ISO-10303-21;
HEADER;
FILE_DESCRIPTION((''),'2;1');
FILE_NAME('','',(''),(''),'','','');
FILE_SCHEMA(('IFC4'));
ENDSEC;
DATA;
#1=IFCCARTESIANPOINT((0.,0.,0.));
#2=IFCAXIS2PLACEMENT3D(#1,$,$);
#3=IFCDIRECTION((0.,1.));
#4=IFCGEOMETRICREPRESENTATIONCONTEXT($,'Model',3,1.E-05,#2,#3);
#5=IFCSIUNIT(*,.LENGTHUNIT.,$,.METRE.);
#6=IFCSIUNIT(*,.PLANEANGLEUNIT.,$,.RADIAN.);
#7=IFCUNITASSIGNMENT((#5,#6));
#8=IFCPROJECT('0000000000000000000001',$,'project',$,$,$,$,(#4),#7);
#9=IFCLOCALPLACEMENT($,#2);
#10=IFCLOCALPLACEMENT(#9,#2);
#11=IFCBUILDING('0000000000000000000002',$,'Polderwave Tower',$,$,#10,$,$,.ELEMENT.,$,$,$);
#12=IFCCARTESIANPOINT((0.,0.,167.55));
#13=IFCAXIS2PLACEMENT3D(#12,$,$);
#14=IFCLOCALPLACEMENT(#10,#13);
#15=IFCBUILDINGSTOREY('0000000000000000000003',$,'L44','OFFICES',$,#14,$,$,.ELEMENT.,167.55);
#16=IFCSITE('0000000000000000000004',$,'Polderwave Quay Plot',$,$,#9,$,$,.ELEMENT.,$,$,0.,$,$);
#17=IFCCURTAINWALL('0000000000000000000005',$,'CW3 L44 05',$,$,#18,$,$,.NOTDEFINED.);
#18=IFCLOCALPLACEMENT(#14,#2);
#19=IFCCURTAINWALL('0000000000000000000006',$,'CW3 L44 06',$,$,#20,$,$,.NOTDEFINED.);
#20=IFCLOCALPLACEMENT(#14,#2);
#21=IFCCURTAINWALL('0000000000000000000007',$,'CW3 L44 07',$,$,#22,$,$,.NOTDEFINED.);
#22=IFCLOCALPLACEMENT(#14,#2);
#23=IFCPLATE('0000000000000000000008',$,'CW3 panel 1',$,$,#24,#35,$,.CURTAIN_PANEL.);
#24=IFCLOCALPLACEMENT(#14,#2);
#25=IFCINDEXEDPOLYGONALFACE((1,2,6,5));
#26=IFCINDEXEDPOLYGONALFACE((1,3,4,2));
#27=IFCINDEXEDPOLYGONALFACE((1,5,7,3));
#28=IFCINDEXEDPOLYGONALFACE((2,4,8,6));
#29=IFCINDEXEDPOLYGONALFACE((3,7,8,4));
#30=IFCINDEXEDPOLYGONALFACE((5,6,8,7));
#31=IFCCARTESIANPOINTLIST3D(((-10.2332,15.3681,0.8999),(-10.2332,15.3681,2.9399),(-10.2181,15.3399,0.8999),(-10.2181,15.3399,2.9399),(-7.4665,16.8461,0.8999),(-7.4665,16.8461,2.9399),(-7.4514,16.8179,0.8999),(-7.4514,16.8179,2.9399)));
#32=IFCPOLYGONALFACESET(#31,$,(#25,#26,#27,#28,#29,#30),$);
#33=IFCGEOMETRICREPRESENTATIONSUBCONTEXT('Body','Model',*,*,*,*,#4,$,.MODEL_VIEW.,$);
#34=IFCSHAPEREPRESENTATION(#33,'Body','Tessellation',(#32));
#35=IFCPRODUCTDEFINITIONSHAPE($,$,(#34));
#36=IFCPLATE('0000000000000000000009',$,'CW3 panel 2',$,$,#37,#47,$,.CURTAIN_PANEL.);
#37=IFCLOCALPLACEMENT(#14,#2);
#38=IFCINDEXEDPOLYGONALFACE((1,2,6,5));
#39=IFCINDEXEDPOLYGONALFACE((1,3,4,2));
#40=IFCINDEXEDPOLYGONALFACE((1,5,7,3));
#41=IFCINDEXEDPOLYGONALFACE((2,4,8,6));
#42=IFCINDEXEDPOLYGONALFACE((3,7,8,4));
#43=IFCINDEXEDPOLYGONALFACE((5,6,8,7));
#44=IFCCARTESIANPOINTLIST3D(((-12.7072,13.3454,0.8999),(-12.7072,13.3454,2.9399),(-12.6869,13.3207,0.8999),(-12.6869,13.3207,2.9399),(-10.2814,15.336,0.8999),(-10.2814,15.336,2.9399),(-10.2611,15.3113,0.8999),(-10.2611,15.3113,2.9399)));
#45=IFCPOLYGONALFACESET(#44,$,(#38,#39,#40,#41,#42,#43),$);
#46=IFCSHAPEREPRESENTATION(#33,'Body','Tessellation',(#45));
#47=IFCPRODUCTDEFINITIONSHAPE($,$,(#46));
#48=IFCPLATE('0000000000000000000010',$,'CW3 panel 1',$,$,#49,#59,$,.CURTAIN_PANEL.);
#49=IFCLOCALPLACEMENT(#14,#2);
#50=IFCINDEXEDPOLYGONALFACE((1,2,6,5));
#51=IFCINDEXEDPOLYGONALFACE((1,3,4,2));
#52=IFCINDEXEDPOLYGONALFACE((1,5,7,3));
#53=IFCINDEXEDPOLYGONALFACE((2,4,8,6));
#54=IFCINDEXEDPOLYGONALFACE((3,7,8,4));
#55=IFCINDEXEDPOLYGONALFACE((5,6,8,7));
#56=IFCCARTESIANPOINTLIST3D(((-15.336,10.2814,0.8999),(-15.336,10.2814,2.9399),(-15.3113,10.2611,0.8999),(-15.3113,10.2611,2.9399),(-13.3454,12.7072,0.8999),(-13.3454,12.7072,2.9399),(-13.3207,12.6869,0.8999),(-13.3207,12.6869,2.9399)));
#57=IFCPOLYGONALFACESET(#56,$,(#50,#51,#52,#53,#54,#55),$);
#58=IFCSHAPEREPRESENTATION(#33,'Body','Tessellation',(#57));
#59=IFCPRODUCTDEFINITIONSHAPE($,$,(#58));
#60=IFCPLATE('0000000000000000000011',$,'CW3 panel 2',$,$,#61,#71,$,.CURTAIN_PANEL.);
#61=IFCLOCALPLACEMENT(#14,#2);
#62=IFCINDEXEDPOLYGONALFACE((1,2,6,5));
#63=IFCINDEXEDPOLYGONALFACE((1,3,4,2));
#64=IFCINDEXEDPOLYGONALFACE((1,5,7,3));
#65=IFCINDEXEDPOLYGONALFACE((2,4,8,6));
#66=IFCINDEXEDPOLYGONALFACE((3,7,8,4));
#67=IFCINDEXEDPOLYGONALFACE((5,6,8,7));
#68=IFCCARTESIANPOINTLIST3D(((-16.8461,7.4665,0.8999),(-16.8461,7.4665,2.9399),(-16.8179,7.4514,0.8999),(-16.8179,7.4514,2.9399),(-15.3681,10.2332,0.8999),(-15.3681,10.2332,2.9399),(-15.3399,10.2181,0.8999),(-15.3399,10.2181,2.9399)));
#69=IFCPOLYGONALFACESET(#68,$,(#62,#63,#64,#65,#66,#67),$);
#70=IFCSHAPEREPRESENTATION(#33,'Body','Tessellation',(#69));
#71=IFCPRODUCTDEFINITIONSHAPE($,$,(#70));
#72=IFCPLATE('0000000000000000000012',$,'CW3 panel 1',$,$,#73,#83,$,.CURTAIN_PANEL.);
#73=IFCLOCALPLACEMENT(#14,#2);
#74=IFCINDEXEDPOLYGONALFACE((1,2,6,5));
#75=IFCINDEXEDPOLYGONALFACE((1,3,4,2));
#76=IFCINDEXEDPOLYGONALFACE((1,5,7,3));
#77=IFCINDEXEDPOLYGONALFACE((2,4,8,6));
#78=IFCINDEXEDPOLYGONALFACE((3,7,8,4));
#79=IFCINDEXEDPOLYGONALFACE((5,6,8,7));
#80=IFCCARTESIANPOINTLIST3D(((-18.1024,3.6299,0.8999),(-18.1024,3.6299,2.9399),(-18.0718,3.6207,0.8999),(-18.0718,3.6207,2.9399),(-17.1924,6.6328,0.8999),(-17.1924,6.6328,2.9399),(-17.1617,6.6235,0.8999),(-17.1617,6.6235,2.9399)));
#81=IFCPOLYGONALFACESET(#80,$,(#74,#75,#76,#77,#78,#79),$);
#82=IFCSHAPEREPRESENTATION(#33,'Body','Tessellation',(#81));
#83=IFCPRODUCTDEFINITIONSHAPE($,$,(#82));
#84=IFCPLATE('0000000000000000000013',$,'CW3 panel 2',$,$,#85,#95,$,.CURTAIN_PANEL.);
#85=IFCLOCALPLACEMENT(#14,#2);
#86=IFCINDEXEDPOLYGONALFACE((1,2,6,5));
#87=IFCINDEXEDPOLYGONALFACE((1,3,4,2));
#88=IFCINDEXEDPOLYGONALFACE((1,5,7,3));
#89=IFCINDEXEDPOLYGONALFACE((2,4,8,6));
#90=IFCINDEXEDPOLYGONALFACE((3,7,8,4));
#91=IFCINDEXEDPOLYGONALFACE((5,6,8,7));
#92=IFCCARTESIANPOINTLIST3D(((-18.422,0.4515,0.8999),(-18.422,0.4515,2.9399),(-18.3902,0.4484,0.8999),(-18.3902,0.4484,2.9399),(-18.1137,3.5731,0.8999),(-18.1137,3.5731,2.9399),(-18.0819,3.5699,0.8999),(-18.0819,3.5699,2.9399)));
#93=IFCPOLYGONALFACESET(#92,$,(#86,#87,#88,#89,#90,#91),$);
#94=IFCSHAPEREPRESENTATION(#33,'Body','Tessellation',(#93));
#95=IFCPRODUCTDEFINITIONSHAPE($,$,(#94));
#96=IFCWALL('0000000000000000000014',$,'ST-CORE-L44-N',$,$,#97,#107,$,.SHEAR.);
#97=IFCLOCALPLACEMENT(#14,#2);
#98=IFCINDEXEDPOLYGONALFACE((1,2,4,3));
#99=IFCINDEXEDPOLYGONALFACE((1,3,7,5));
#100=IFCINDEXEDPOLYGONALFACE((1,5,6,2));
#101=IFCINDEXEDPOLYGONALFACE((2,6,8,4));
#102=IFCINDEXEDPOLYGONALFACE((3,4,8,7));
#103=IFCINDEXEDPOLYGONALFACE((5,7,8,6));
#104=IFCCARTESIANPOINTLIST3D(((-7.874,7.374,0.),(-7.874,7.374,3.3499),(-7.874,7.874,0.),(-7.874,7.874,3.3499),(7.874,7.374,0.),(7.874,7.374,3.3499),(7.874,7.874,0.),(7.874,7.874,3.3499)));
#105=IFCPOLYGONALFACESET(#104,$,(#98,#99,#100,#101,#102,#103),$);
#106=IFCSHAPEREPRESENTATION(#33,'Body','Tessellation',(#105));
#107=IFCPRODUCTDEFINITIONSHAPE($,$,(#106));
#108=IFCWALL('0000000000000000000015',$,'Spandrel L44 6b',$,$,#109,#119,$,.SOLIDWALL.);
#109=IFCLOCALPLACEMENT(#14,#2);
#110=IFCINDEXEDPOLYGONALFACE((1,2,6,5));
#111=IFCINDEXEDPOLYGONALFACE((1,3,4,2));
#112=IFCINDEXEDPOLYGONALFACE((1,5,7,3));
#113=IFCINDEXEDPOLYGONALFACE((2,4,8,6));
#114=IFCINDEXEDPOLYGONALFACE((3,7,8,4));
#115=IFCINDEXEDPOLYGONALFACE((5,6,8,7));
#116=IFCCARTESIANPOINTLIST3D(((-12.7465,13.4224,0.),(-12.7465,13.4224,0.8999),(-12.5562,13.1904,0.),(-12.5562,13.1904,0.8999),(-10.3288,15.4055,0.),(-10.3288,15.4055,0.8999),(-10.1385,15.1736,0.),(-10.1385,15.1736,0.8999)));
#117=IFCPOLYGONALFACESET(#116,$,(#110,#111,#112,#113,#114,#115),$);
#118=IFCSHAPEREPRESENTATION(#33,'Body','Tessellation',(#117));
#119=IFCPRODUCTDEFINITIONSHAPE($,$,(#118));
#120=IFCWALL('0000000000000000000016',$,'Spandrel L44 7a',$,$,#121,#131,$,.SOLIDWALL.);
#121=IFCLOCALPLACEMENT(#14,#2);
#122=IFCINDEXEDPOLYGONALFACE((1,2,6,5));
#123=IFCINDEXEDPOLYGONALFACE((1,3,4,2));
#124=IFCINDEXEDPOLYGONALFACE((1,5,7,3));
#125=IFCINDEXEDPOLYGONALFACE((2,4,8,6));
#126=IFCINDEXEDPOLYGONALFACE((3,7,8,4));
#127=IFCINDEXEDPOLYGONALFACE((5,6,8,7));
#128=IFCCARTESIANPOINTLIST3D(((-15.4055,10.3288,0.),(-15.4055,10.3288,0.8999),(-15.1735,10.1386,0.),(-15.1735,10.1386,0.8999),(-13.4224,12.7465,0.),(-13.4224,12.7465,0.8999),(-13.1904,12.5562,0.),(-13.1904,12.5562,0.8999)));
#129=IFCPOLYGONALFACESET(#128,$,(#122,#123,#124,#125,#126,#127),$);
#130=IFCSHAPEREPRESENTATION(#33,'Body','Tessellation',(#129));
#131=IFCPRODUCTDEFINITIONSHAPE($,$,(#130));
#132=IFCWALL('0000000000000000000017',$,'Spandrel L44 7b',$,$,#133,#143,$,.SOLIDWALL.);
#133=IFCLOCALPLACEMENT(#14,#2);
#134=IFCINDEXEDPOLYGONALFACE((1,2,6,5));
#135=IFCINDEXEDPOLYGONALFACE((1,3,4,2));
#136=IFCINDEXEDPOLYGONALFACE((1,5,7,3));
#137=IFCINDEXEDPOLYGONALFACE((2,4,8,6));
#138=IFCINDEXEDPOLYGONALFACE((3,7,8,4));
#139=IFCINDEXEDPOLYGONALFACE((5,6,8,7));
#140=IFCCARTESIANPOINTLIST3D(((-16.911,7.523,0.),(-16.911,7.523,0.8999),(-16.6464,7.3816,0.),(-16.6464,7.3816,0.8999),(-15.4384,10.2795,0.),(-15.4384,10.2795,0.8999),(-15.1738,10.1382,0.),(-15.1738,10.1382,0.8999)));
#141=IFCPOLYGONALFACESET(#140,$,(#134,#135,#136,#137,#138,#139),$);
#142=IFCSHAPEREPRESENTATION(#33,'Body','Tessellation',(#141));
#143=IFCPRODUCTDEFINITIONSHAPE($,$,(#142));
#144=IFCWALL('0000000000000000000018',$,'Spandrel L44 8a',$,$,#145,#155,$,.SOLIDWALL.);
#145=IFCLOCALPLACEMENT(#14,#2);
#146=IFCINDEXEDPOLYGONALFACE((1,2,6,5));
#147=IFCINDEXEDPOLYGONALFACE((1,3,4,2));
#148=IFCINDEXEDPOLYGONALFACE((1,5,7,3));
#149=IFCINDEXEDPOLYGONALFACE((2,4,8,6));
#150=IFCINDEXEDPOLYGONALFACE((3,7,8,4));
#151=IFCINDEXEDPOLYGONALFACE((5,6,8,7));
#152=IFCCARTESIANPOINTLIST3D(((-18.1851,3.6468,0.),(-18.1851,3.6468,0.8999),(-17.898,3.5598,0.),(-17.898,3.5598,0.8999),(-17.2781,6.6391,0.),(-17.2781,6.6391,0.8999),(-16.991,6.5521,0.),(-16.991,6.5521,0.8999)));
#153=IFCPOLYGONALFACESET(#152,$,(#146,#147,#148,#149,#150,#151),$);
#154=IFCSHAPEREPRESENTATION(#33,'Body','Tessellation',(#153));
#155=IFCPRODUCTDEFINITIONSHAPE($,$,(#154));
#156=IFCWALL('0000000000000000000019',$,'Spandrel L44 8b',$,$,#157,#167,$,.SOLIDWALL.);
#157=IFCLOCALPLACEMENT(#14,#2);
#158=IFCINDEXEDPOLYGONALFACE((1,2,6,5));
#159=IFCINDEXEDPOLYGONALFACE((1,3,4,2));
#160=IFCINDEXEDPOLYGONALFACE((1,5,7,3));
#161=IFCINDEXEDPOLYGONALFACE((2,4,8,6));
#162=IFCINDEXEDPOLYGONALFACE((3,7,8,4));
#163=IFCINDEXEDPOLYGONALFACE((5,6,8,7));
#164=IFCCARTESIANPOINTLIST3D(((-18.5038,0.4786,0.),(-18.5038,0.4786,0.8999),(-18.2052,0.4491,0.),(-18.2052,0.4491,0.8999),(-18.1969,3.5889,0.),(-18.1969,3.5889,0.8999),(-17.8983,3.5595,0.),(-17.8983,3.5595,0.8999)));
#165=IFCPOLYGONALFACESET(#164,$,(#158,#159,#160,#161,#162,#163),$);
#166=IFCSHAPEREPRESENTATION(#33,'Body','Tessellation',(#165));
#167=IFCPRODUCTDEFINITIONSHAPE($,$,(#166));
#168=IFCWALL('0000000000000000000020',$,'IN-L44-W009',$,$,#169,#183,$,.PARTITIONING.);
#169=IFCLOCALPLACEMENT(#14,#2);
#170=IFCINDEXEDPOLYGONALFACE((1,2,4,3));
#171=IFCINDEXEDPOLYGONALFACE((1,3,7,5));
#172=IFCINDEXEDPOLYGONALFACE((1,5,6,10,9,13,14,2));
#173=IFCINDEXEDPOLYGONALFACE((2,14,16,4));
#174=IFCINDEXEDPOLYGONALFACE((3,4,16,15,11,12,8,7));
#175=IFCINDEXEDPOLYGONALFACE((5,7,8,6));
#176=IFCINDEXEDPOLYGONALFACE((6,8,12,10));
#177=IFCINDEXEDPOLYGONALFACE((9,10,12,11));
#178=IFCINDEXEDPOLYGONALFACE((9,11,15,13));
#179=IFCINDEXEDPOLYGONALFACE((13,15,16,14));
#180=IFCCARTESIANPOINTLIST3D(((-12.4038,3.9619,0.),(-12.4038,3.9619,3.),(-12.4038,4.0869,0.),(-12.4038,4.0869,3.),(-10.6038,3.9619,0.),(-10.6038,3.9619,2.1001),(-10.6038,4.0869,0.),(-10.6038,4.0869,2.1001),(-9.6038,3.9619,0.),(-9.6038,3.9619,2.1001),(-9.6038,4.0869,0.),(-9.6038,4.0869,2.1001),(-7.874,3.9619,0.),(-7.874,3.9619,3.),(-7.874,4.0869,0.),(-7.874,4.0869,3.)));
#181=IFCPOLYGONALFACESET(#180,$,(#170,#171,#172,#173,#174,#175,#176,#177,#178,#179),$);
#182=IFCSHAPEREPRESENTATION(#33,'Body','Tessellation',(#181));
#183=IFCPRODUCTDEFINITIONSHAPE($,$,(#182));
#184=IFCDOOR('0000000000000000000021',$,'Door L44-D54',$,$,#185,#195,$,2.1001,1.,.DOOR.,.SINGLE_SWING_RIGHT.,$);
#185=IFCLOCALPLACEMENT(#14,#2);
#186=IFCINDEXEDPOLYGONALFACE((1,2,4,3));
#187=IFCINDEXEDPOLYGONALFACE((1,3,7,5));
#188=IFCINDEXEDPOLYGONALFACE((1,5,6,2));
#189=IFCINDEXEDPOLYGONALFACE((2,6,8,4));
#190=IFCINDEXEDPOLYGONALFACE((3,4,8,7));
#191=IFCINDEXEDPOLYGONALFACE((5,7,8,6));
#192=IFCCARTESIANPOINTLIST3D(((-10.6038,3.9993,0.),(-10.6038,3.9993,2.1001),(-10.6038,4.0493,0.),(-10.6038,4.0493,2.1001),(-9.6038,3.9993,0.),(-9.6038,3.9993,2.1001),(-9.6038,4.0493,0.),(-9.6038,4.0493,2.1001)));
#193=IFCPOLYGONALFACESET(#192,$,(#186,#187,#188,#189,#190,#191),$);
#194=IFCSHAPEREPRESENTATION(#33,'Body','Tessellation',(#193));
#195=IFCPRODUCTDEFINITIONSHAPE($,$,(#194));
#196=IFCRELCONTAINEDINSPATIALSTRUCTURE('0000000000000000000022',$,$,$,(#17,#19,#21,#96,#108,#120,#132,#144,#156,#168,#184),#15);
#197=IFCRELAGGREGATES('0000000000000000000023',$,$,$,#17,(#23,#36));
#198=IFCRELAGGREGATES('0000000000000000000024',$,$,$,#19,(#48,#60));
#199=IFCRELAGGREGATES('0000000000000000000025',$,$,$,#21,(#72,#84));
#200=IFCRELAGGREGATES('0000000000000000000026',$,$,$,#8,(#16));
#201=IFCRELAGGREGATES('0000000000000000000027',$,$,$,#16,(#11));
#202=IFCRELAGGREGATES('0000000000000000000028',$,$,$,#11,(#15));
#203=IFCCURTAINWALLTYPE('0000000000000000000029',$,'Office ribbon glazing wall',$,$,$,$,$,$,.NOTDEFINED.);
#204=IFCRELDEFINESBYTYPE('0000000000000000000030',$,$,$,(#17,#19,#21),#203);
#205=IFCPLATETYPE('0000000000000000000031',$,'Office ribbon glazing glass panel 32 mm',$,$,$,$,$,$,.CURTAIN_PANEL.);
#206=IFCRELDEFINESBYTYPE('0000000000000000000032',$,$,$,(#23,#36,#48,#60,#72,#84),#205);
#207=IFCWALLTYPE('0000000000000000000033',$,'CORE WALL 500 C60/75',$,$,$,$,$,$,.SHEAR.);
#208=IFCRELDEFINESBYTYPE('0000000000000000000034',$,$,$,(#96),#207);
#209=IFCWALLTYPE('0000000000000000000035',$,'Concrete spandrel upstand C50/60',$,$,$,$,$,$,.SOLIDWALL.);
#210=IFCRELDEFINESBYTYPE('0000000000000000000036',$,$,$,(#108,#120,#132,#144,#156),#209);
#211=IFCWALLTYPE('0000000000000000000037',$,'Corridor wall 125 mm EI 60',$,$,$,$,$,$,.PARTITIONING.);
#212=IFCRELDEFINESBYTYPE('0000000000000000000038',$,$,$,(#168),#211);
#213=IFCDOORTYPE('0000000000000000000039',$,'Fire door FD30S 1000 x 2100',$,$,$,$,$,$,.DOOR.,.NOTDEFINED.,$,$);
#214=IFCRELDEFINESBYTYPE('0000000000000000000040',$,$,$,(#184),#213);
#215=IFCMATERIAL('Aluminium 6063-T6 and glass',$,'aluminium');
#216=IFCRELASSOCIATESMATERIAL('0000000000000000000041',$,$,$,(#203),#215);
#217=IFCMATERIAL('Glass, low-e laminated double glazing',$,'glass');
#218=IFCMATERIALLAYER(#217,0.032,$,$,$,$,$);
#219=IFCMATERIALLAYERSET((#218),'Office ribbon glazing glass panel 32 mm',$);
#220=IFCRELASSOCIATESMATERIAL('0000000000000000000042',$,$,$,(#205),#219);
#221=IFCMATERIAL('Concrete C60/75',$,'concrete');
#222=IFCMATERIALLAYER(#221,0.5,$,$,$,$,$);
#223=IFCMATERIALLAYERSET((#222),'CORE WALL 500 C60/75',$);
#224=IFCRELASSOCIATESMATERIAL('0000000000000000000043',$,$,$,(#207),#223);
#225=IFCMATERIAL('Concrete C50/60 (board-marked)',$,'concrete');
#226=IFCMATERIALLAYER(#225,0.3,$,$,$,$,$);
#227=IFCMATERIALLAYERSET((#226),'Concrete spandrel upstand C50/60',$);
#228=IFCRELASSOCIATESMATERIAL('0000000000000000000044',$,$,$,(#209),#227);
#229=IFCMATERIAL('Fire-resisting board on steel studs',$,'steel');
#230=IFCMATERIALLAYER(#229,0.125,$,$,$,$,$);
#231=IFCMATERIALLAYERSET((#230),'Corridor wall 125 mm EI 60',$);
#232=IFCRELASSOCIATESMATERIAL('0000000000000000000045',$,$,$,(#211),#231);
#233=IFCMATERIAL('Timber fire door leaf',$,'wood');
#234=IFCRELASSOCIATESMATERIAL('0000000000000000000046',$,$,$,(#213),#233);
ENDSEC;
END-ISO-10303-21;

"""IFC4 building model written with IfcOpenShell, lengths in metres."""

from ifc_helpers import new_model, si_unit, direction, frame, frame_2d, origin, origin_2d, place, context, subcontext, project, spatial, rectangle, extrude, material, layer, layer_set, type_object, element, fill, aggregate, save


model = new_model("IFC4")

# Units and contexts
model_context = context("Model", 3, precision=1e-05, world=origin(), true_north=direction((0.0, 1.0)))
body_context = subcontext(model_context, "Body", "Model", "MODEL_VIEW")
ifc_project = project(units=[si_unit("LENGTHUNIT", "METRE"), si_unit("PLANEANGLEUNIT", "RADIAN")], contexts=[model_context])

# Site, building, storey
site_placement = place(None, origin())
site = spatial("IfcSite", under=ifc_project, at=site_placement, Name="Polderwave Quay Plot", CompositionType="ELEMENT", RefElevation=0.0)
building_placement = place(site_placement, origin())
building = spatial("IfcBuilding", under=site, at=building_placement, Name="Polderwave Tower", CompositionType="ELEMENT")
storey_placement = place(building_placement, frame((0.0, 0.0, 167.55)))
storey = spatial("IfcBuildingStorey", under=building, at=storey_placement, Name="L44", Description="OFFICES", CompositionType="ELEMENT", Elevation=167.55)

# Shared definitions
ifc_material_1 = material(Name="Concrete C60/75", Category="concrete")

# Curtain walls
ifc_material_2 = material(Name="Aluminium 6063-T6 and glass", Category="aluminium")
curtain_wall_type = type_object("IfcCurtainWallType", Name="Office ribbon glazing wall", PredefinedType="NOTDEFINED", material=ifc_material_2)
curtain_wall_1_placement = place(storey_placement, origin())
curtain_wall_1 = element("IfcCurtainWall", 1, at=curtain_wall_1_placement, inside=storey, type_object=curtain_wall_type, Name="CW3 L44 05", PredefinedType="NOTDEFINED")
curtain_wall_2_placement = place(storey_placement, origin())
curtain_wall_2 = element("IfcCurtainWall", 2, at=curtain_wall_2_placement, inside=storey, type_object=curtain_wall_type, Name="CW3 L44 06", PredefinedType="NOTDEFINED")
curtain_wall_3_placement = place(storey_placement, origin())
curtain_wall_3 = element("IfcCurtainWall", 3, at=curtain_wall_3_placement, inside=storey, type_object=curtain_wall_type, Name="CW3 L44 07", PredefinedType="NOTDEFINED")

# Plates
ifc_material_3 = material(Name="Glass, low-e laminated double glazing", Category="glass")
ifc_layer_1 = layer(ifc_material_3, 0.032)
ifc_layer_set_1 = layer_set([ifc_layer_1], Name="Office ribbon glazing glass panel 32 mm")
plate_type = type_object("IfcPlateType", Name="Office ribbon glazing glass panel 32 mm", PredefinedType="CURTAIN_PANEL", material=ifc_layer_set_1)
plate_1_placement = place(storey_placement, frame((-8.8423, 16.093, 0.8999), z_axis=(0.0, 0.0, 1.0), x_axis=(-0.882029, -0.471195, 0.0)))
plate_1 = element("IfcPlate", 4, at=plate_1_placement, type_object=plate_type, Name="CW3 panel 1", PredefinedType="CURTAIN_PANEL", context=body_context, shape_type="SweptSolid", body=[
    extrude(rectangle(XDim=3.1367, YDim=0.032, at=origin_2d()), origin(), (0.0, 0.0, 1.0), 2.04),
])
plate_2_placement = place(storey_placement, frame((-11.4841, 14.3284, 0.8999), z_axis=(0.0, 0.0, 1.0), x_axis=(-0.773041, -0.634356, 0.0)))
plate_2 = element("IfcPlate", 5, at=plate_2_placement, type_object=plate_type, Name="CW3 panel 2", PredefinedType="CURTAIN_PANEL", context=body_context, shape_type="SweptSolid", body=[
    extrude(rectangle(XDim=3.1379, YDim=0.032, at=origin_2d()), origin(), (0.0, 0.0, 1.0), 2.04),
])
aggregate(curtain_wall_1, [plate_1, plate_2])
plate_3_placement = place(storey_placement, frame((-14.3284, 11.4841, 0.8999), z_axis=(0.0, 0.0, 1.0), x_axis=(-0.634356, -0.773041, 0.0)))
plate_3 = element("IfcPlate", 6, at=plate_3_placement, type_object=plate_type, Name="CW3 panel 1", PredefinedType="CURTAIN_PANEL", context=body_context, shape_type="SweptSolid", body=[
    extrude(rectangle(XDim=3.1379, YDim=0.032, at=origin_2d()), origin(), (0.0, 0.0, 1.0), 2.04),
])
plate_4_placement = place(storey_placement, frame((-16.093, 8.8423, 0.8999), z_axis=(0.0, 0.0, 1.0), x_axis=(-0.471195, -0.882029, 0.0)))
plate_4 = element("IfcPlate", 7, at=plate_4_placement, type_object=plate_type, Name="CW3 panel 2", PredefinedType="CURTAIN_PANEL", context=body_context, shape_type="SweptSolid", body=[
    extrude(rectangle(XDim=3.1367, YDim=0.032, at=origin_2d()), origin(), (0.0, 0.0, 1.0), 2.04),
])
aggregate(curtain_wall_2, [plate_3, plate_4])
plate_5_placement = place(storey_placement, frame((-17.6321, 5.1267, 0.8999), z_axis=(0.0, 0.0, 1.0), x_axis=(-0.290042, -0.957014, 0.0)))
plate_5 = element("IfcPlate", 8, at=plate_5_placement, type_object=plate_type, Name="CW3 panel 1", PredefinedType="CURTAIN_PANEL", context=body_context, shape_type="SweptSolid", body=[
    extrude(rectangle(XDim=3.1377, YDim=0.032, at=origin_2d()), origin(), (0.0, 0.0, 1.0), 2.04),
])
plate_6_placement = place(storey_placement, frame((-18.252, 2.0107, 0.8999), z_axis=(0.0, 0.0, 1.0), x_axis=(-0.098283, -0.995159, 0.0)))
plate_6 = element("IfcPlate", 9, at=plate_6_placement, type_object=plate_type, Name="CW3 panel 2", PredefinedType="CURTAIN_PANEL", context=body_context, shape_type="SweptSolid", body=[
    extrude(rectangle(XDim=3.1367, YDim=0.032, at=origin_2d()), origin(), (0.0, 0.0, 1.0), 2.04),
])
aggregate(curtain_wall_3, [plate_5, plate_6])

# Walls
ifc_layer_2 = layer(ifc_material_1, 0.5)
ifc_layer_set_2 = layer_set([ifc_layer_2], Name="CORE WALL 500 C60/75")
wall_type_1 = type_object("IfcWallType", Name="CORE WALL 500 C60/75", PredefinedType="SHEAR", material=ifc_layer_set_2)
wall_1_placement = place(storey_placement, frame((-7.874, 7.624, 0.0), z_axis=(0.0, 0.0, 1.0), x_axis=(1.0, 0.0, 0.0)))
element("IfcWall", 10, at=wall_1_placement, inside=storey, type_object=wall_type_1, Name="ST-CORE-L44-N", PredefinedType="SHEAR", context=body_context, shape_type="SweptSolid", body=[
    extrude(rectangle(XDim=15.748, YDim=0.5, at=frame_2d((7.874, 0.0))), origin(), (0.0, 0.0, 1.0), 3.3499),
])
ifc_material_4 = material(Name="Concrete C50/60 (board-marked)", Category="concrete")
ifc_layer_3 = layer(ifc_material_4, 0.3)
ifc_layer_set_3 = layer_set([ifc_layer_3], Name="Concrete spandrel upstand C50/60")
wall_type_2 = type_object("IfcWallType", Name="Concrete spandrel upstand C50/60", PredefinedType="SOLIDWALL", material=ifc_layer_set_3)
for number, where, z_axis, x_axis, name in (
    (11, (-10.2336, 15.2896, 0.0), (0.0, 0.0, 1.0), (-0.773171, -0.634198, 0.0), "Spandrel L44 6b"),
    (12, (-13.3064, 12.6514, 0.0), (0.0, 0.0, 1.0), (-0.634198, -0.773171, 0.0), "Spandrel L44 7a"),
):
    element("IfcWall", number, at=place(storey_placement, frame(where, z_axis=z_axis, x_axis=x_axis)), inside=storey, type_object=wall_type_2, Name=name, PredefinedType="SOLIDWALL", context=body_context, shape_type="SweptSolid", body=[
        extrude(rectangle(XDim=3.127, YDim=0.3, at=frame_2d((1.5635, 0.0))), origin(), (0.0, 0.0, 1.0), 0.8999),
    ])
wall_2_placement = place(storey_placement, frame((-15.3062, 10.2087, 0.0), z_axis=(0.0, 0.0, 1.0), x_axis=(-0.471204, -0.882024, 0.0)))
element("IfcWall", 13, at=wall_2_placement, inside=storey, type_object=wall_type_2, Name="Spandrel L44 7b", PredefinedType="SOLIDWALL", context=body_context, shape_type="SweptSolid", body=[
    extrude(rectangle(XDim=3.1252, YDim=0.3, at=frame_2d((1.5625, 0.0))), origin(), (0.0, 0.0, 1.0), 0.8999),
])
wall_3_placement = place(storey_placement, frame((-17.1345, 6.5957, 0.0), z_axis=(0.0, 0.0, 1.0), x_axis=(-0.290083, -0.957001, 0.0)))
element("IfcWall", 14, at=wall_3_placement, inside=storey, type_object=wall_type_2, Name="Spandrel L44 8a", PredefinedType="SOLIDWALL", context=body_context, shape_type="SweptSolid", body=[
    extrude(rectangle(XDim=3.1267, YDim=0.3, at=frame_2d((1.5635, 0.0))), origin(), (0.0, 0.0, 1.0), 0.8999),
])
wall_4_placement = place(storey_placement, frame((-18.0476, 3.5742, 0.0), z_axis=(0.0, 0.0, 1.0), x_axis=(-0.098189, -0.995168, 0.0)))
element("IfcWall", 15, at=wall_4_placement, inside=storey, type_object=wall_type_2, Name="Spandrel L44 8b", PredefinedType="SOLIDWALL", context=body_context, shape_type="SweptSolid", body=[
    extrude(rectangle(XDim=3.1255, YDim=0.3, at=frame_2d((1.5627, 0.0))), origin(), (0.0, 0.0, 1.0), 0.8999),
])

# Wall, opening, door
ifc_material_5 = material(Name="Fire-resisting board on steel studs", Category="steel")
ifc_layer_4 = layer(ifc_material_5, 0.125)
ifc_layer_set_4 = layer_set([ifc_layer_4], Name="Corridor wall 125 mm EI 60")
wall_type_3 = type_object("IfcWallType", Name="Corridor wall 125 mm EI 60", PredefinedType="PARTITIONING", material=ifc_layer_set_4)
wall_5_placement = place(storey_placement, frame((-12.4038, 4.0244, 0.0), z_axis=(0.0, 0.0, 1.0), x_axis=(1.0, 0.0, 0.0)))
wall_5 = element("IfcWall", 16, at=wall_5_placement, inside=storey, type_object=wall_type_3, Name="IN-L44-W009", PredefinedType="PARTITIONING", context=body_context, shape_type="SweptSolid", body=[
    extrude(rectangle(XDim=4.5298, YDim=0.125, at=frame_2d((2.2649, 0.0))), origin(), (0.0, 0.0, 1.0), 3.0),
])
opening_1_placement = place(wall_5_placement, frame((1.8, 0.0, 0.0)))
opening_1 = element("IfcOpeningElement", 17, at=opening_1_placement, cuts=wall_5, PredefinedType="OPENING", context=body_context, shape_type="SweptSolid", body=[
    extrude(rectangle(XDim=1.0, YDim=2.1001, at=frame_2d((0.5, 1.05))), frame((0.0, 0.0725, 0.0), z_axis=(0.0, -1.0, 0.0), x_axis=(1.0, 0.0, 0.0)), (0.0, 0.0, 1.0), 0.145),
])
ifc_material_6 = material(Name="Timber fire door leaf", Category="wood")
door_type_1 = type_object("IfcDoorType", Name="Fire door FD30S 1000 x 2100", OperationType="NOTDEFINED", PredefinedType="DOOR", material=ifc_material_6)
door_1_placement = place(opening_1_placement, origin())
door_1 = element("IfcDoor", 18, at=door_1_placement, inside=storey, type_object=door_type_1, Name="Door L44-D54", OperationType="SINGLE_SWING_RIGHT", OverallHeight=2.1001, OverallWidth=1.0, PredefinedType="DOOR", context=body_context, shape_type="SweptSolid", body=[
    extrude(rectangle(XDim=1.0, YDim=2.1001, at=frame_2d((0.5, 1.05))), frame((0.0, 0.0249, 0.0), z_axis=(0.0, -1.0, 0.0), x_axis=(1.0, 0.0, 0.0)), (0.0, 0.0, 1.0), 0.05),
])
fill(opening_1, door_1)

save(model, "model.ifc")
